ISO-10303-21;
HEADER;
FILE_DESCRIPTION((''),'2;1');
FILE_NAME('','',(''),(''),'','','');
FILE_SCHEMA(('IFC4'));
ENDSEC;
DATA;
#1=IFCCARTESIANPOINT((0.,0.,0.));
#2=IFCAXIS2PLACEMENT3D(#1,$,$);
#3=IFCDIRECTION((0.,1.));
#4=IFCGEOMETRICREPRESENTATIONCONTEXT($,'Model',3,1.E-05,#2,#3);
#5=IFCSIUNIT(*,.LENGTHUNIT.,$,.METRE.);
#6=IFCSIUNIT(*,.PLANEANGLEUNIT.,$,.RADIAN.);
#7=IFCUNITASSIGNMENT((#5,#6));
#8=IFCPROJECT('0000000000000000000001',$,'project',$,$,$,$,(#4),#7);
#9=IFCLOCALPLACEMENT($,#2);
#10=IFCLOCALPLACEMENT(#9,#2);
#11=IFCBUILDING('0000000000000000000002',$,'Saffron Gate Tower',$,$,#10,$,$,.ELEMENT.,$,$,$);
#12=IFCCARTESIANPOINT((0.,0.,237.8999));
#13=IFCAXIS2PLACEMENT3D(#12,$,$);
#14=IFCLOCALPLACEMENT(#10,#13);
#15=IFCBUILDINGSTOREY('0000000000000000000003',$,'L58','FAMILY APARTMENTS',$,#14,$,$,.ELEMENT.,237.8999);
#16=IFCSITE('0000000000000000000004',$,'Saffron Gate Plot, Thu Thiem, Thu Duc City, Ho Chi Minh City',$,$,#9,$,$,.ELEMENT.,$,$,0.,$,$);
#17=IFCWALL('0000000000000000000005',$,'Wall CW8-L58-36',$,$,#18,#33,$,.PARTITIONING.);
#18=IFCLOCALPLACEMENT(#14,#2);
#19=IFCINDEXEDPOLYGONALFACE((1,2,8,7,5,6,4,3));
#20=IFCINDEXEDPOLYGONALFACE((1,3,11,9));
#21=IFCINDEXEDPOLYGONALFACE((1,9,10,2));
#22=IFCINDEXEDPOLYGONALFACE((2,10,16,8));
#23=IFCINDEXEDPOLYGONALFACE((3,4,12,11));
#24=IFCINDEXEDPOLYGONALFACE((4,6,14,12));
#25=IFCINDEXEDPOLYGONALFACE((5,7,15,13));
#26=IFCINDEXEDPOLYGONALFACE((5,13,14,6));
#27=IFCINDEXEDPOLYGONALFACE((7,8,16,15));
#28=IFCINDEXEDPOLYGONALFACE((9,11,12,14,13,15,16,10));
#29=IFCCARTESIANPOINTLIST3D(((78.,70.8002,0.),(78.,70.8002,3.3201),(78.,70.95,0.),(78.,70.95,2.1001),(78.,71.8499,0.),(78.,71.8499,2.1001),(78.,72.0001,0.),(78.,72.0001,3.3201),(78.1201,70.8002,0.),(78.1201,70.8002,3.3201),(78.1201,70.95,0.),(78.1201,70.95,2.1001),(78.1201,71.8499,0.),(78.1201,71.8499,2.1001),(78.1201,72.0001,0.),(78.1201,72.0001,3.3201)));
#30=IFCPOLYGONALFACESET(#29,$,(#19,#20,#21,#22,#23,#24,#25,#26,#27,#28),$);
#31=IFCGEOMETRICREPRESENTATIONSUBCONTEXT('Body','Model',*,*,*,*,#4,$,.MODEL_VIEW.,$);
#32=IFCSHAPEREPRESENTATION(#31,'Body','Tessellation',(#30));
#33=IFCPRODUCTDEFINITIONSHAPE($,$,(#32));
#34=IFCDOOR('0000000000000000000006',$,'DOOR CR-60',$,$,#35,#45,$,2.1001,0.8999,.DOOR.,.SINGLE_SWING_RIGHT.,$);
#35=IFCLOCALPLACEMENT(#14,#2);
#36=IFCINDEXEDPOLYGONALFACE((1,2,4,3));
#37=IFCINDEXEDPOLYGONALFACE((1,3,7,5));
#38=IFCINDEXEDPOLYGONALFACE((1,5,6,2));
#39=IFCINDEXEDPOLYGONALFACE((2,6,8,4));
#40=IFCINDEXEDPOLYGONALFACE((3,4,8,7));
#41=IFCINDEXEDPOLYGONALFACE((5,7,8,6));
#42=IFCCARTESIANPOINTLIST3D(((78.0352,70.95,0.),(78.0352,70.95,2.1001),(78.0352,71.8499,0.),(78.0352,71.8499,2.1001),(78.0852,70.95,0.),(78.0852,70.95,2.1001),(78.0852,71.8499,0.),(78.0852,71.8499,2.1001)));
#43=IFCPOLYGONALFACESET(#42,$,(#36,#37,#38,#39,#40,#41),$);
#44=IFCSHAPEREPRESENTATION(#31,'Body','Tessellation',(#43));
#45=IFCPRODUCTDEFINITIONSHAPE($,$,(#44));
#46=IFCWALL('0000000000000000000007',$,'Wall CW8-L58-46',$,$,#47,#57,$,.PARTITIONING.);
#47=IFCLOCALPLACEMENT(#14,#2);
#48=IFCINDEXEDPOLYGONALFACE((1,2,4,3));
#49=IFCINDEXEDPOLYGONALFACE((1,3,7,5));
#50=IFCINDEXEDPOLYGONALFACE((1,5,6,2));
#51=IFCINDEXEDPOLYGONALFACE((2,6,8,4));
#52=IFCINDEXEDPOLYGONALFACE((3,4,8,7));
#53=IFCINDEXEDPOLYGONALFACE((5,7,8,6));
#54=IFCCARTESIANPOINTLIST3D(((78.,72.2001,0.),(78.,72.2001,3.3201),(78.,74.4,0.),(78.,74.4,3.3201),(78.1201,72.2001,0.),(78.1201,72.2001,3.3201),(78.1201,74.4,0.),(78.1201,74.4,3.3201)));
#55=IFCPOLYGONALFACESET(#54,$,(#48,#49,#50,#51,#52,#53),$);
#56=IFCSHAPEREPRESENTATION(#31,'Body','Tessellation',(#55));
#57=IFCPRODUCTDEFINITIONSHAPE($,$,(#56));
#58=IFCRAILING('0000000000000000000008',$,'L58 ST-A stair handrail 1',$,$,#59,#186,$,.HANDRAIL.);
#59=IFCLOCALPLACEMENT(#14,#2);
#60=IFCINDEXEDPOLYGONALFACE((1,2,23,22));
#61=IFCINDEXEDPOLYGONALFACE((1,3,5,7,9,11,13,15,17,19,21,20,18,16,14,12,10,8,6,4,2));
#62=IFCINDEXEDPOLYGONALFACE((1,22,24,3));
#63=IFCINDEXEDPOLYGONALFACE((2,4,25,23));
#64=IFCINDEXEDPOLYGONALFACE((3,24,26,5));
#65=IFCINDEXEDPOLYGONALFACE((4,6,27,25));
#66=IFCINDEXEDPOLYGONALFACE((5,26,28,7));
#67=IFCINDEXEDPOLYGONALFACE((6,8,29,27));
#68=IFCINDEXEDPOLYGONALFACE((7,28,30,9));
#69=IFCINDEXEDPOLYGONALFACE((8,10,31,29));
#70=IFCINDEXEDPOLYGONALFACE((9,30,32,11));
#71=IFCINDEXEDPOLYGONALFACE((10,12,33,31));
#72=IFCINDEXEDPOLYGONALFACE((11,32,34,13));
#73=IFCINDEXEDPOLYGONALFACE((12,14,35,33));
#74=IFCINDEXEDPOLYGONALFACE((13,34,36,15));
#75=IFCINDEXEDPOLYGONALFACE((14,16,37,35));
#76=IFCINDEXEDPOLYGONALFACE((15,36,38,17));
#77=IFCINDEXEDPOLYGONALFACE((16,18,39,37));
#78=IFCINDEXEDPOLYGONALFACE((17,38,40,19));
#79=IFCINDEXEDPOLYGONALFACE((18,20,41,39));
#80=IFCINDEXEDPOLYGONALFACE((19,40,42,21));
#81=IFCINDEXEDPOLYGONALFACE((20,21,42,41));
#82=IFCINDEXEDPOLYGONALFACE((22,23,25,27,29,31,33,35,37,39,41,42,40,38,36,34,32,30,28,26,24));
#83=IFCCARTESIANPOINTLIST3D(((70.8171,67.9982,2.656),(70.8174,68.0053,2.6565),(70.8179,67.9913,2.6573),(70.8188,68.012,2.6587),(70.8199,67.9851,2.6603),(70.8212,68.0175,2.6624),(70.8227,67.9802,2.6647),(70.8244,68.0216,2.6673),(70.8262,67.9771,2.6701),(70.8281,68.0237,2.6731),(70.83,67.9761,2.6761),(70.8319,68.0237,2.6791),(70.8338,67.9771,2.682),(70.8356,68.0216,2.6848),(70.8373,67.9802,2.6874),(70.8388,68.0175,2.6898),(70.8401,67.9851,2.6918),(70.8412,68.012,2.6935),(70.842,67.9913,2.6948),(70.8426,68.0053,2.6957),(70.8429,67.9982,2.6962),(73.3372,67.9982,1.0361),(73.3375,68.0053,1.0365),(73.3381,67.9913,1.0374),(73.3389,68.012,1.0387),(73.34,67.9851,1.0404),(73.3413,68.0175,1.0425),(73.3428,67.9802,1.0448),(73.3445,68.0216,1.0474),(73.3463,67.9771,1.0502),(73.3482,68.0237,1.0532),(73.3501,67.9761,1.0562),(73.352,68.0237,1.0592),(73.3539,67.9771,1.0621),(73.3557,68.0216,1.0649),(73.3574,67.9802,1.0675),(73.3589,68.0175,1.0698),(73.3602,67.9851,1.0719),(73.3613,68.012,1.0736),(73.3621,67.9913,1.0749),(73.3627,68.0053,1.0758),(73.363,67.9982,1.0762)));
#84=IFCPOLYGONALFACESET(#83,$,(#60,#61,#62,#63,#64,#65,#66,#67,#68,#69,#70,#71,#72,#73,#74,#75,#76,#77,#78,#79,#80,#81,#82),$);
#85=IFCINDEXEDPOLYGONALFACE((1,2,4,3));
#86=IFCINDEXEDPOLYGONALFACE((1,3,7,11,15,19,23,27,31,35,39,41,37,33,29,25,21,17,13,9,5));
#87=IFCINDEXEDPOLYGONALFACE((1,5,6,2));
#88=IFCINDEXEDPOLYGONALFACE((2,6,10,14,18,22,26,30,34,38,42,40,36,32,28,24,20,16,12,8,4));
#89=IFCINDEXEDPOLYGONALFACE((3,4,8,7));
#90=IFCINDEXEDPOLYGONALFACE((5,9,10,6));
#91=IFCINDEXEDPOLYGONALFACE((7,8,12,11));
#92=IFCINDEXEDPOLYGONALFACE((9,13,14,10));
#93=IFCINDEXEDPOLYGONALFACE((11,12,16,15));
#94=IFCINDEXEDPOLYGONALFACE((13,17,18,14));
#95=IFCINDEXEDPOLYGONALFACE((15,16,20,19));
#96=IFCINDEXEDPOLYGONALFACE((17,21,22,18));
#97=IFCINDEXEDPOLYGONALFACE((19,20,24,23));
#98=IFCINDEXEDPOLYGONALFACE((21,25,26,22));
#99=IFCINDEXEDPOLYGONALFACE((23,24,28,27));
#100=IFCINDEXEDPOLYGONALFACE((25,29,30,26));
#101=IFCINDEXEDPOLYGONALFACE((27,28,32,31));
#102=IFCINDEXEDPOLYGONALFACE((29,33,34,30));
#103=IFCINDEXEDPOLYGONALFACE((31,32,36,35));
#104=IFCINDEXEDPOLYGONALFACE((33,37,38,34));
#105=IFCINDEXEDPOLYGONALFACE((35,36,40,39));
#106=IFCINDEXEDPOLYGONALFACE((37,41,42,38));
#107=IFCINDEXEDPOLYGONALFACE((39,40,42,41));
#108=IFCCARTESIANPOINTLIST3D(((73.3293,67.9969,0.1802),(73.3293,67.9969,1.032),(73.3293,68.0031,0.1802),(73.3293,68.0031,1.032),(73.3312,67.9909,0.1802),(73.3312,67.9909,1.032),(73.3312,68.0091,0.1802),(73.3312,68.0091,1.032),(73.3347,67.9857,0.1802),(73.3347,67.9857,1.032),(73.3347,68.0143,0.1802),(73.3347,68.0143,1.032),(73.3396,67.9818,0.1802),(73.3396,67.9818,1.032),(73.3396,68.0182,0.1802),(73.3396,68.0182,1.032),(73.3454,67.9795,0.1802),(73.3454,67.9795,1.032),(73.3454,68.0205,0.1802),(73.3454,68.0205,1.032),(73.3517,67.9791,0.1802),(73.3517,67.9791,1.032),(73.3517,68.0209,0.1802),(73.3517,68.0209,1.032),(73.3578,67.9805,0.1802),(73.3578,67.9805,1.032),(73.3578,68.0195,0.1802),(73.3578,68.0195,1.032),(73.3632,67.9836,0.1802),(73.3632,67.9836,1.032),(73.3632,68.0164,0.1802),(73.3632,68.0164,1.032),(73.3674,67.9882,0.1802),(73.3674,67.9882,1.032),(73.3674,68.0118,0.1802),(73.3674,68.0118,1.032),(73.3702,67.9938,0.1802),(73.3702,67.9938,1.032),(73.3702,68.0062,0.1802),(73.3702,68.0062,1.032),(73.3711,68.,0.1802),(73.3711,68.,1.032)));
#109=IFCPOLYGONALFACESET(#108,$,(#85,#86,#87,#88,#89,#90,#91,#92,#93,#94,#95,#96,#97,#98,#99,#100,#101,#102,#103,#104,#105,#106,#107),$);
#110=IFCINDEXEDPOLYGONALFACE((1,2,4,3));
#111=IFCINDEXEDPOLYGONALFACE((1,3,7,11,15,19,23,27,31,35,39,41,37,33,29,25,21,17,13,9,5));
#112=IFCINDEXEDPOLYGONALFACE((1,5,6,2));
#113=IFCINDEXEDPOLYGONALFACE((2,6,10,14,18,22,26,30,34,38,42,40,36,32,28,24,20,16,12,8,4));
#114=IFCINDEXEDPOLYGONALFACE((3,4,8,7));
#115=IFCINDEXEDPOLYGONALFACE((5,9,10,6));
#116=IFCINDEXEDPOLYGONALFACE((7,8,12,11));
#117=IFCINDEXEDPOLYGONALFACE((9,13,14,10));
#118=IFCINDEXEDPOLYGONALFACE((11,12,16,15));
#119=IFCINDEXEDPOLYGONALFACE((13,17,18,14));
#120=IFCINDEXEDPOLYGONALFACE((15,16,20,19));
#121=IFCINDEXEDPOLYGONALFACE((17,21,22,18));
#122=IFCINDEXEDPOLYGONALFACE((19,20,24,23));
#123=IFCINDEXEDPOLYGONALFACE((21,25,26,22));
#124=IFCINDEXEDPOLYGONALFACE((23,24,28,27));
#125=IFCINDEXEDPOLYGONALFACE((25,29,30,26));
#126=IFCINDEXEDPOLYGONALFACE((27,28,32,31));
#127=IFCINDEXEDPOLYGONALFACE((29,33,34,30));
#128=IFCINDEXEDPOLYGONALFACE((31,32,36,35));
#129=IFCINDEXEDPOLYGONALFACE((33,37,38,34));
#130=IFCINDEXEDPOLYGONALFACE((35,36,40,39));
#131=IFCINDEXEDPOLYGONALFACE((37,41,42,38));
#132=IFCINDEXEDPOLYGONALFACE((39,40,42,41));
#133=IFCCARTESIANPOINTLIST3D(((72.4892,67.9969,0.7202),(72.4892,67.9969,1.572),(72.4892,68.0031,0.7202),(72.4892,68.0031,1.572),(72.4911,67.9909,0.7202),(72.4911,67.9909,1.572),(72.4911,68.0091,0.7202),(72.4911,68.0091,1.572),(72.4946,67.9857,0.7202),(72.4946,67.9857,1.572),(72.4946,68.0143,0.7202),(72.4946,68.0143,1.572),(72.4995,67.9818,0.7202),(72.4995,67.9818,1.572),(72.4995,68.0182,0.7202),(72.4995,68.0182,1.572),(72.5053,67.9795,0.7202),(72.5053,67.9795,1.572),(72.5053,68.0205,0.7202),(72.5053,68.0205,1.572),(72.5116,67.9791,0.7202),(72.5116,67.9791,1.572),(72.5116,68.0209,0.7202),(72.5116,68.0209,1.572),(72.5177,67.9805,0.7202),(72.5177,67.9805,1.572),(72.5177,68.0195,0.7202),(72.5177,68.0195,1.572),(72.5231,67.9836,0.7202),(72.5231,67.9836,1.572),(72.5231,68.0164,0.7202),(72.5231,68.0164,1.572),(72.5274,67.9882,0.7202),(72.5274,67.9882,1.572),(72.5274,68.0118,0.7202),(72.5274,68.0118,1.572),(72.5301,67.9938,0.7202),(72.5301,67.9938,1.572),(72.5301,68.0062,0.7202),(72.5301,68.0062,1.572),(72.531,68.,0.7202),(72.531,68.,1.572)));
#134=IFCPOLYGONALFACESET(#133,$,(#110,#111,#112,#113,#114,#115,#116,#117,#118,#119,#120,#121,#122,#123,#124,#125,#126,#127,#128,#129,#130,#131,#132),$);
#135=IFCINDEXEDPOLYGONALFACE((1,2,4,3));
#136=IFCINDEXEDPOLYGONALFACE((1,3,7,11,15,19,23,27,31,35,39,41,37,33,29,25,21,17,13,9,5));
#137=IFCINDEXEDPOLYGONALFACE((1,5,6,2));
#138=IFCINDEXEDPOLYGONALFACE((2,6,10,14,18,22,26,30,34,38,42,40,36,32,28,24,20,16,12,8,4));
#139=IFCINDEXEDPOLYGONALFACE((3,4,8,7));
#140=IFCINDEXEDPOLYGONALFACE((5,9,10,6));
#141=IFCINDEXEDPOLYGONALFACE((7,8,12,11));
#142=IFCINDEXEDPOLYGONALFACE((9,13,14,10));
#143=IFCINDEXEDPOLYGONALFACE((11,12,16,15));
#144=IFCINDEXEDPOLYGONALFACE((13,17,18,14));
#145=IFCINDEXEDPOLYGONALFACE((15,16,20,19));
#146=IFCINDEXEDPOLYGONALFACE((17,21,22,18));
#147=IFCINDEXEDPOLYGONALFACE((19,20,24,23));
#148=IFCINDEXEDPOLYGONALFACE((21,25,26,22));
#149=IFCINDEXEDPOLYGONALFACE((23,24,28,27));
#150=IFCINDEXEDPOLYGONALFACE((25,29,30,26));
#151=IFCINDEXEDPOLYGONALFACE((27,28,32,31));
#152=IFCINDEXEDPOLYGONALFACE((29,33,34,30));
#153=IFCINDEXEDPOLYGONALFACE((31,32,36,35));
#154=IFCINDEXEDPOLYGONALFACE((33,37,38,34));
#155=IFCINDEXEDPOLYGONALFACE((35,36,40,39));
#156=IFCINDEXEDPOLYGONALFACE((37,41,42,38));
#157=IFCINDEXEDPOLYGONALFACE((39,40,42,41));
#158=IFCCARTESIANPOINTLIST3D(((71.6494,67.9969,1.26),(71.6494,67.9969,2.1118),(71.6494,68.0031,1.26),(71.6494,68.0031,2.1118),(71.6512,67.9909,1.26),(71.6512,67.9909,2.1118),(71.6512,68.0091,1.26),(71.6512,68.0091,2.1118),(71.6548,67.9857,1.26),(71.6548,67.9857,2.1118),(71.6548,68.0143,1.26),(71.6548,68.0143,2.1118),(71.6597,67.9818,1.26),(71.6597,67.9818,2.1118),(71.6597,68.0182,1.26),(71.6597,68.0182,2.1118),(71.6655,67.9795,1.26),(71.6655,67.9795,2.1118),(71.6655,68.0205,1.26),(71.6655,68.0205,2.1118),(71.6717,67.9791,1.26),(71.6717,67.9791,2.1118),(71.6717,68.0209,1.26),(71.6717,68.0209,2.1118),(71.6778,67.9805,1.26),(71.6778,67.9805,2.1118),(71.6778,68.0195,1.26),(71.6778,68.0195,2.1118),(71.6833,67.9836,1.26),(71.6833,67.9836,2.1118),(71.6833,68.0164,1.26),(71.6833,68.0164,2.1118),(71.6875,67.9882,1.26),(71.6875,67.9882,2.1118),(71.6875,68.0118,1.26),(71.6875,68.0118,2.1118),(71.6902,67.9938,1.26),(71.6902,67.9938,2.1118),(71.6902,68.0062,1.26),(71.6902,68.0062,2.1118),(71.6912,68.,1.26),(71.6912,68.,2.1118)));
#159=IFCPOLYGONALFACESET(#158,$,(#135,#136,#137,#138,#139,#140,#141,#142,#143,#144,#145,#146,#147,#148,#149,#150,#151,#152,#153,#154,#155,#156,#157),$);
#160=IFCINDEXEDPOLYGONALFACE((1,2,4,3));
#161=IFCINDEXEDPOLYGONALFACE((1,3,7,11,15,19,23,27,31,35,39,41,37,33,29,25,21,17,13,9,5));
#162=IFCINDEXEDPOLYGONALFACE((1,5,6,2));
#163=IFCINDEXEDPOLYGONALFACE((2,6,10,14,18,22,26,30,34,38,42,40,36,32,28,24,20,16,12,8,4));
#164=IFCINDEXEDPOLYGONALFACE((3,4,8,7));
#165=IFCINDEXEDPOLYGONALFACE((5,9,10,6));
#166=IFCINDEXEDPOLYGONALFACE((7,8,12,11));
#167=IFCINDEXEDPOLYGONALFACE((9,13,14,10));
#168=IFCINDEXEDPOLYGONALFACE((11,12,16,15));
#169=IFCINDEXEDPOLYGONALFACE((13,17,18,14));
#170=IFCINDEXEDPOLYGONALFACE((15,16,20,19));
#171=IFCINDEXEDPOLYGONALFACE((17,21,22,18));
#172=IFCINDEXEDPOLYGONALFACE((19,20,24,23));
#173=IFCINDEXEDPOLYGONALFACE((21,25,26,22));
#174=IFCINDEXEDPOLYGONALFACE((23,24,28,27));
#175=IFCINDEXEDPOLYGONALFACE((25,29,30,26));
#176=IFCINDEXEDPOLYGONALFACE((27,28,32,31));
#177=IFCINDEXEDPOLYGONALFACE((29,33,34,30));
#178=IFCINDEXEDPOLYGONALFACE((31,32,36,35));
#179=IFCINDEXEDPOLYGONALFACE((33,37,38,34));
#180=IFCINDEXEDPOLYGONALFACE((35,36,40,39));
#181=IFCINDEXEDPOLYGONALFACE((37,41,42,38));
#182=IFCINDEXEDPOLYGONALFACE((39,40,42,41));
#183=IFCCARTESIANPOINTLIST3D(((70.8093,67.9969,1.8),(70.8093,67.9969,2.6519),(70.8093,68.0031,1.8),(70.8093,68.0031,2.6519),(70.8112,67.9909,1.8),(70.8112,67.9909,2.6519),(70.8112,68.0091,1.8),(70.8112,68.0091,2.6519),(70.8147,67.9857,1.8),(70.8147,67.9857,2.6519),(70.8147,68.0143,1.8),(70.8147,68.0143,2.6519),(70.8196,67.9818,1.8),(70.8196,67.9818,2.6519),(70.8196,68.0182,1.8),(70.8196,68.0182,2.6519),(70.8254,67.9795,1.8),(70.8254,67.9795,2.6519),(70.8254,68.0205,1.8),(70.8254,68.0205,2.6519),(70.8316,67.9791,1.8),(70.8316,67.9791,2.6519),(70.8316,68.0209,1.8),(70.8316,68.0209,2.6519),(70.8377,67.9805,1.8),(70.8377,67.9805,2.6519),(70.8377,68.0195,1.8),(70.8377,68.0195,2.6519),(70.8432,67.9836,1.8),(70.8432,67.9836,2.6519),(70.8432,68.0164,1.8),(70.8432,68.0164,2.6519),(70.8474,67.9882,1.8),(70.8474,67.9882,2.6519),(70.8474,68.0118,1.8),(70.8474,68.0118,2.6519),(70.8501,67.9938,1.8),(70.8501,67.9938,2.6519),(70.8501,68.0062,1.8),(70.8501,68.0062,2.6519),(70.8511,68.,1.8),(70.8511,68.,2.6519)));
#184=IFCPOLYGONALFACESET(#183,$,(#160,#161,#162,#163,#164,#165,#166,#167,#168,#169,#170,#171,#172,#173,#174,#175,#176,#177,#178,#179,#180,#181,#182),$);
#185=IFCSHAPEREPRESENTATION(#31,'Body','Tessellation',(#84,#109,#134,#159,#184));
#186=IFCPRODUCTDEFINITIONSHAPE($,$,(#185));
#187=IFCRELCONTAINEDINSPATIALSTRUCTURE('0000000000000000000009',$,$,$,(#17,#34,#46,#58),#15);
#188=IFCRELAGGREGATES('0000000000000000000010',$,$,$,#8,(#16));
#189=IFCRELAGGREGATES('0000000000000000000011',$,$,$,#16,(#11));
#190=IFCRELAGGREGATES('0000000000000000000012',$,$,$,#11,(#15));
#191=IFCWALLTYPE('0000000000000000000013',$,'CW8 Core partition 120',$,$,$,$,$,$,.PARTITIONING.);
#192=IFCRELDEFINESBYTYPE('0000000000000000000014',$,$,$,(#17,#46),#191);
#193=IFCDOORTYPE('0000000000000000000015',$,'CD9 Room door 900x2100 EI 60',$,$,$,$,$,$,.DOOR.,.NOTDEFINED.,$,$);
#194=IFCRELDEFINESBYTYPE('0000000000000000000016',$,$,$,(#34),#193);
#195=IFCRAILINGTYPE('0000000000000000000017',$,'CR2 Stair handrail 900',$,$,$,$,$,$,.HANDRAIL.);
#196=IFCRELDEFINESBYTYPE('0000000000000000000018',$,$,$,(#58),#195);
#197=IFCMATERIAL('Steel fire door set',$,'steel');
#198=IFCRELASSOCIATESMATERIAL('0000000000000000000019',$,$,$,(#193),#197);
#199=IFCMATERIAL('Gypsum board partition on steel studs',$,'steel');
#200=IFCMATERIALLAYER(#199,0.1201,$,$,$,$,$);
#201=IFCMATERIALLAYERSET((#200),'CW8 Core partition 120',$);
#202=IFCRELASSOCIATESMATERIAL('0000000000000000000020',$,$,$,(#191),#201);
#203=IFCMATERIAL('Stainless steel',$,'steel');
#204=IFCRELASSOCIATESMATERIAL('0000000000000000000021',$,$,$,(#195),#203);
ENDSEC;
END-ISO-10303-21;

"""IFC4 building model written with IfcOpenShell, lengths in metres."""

from ifc_helpers import new_model, si_unit, direction, frame, frame_2d, origin, origin_2d, place, context, subcontext, project, spatial, rectangle, circle, extrude, material, layer, layer_set, type_object, element, fill, save


model = new_model("IFC4")

# Units and contexts
model_context = context("Model", 3, precision=1e-05, world=origin(), true_north=direction((0.0, 1.0)))
body_context = subcontext(model_context, "Body", "Model", "MODEL_VIEW")
ifc_project = project(units=[si_unit("LENGTHUNIT", "METRE"), si_unit("PLANEANGLEUNIT", "RADIAN")], contexts=[model_context])

# Site, building, storey
site_placement = place(None, origin())
site = spatial("IfcSite", under=ifc_project, at=site_placement, Name="Saffron Gate Plot, Thu Thiem, Thu Duc City, Ho Chi Minh City", CompositionType="ELEMENT", RefElevation=0.0)
building_placement = place(site_placement, origin())
building = spatial("IfcBuilding", under=site, at=building_placement, Name="Saffron Gate Tower", CompositionType="ELEMENT")
storey_placement = place(building_placement, frame((0.0, 0.0, 237.8999)))
storey = spatial("IfcBuildingStorey", under=building, at=storey_placement, Name="L58", Description="FAMILY APARTMENTS", CompositionType="ELEMENT", Elevation=237.8999)

# Shared definitions
ifc_material_1 = material(Name="Steel fire door set", Category="steel")
door_type_1 = type_object("IfcDoorType", Name="CD9 Room door 900x2100 EI 60", OperationType="NOTDEFINED", PredefinedType="DOOR", material=ifc_material_1)

# Shared definitions
ifc_material_2 = material(Name="Gypsum board partition on steel studs", Category="steel")
ifc_layer_1 = layer(ifc_material_2, 0.1201)
ifc_layer_set_1 = layer_set([ifc_layer_1], Name="CW8 Core partition 120")
wall_type_1 = type_object("IfcWallType", Name="CW8 Core partition 120", PredefinedType="PARTITIONING", material=ifc_layer_set_1)

# Wall, opening, door
wall_1_placement = place(storey_placement, frame((78.0601, 70.8, 0.0), z_axis=(0.0, 0.0, 1.0), x_axis=(0.0, 1.0, 0.0)))
wall_1 = element("IfcWall", 1, at=wall_1_placement, inside=storey, type_object=wall_type_1, Name="Wall CW8-L58-36", PredefinedType="PARTITIONING", context=body_context, shape_type="SweptSolid", body=[
    extrude(rectangle(XDim=1.2, YDim=0.1201, at=frame_2d((0.6001, 0.0))), origin(), (0.0, 0.0, 1.0), 3.3201),
])
opening_1_placement = place(wall_1_placement, frame((0.1499, 0.0, 0.0)))
opening_1 = element("IfcOpeningElement", 2, at=opening_1_placement, cuts=wall_1, PredefinedType="OPENING", context=body_context, shape_type="SweptSolid", body=[
    extrude(rectangle(XDim=0.8999, YDim=2.1001, at=frame_2d((0.45, 1.05))), frame((0.0, 0.0701, 0.0), z_axis=(0.0, -1.0, 0.0), x_axis=(1.0, 0.0, 0.0)), (0.0, 0.0, 1.0), 0.1401),
])
door_1_placement = place(opening_1_placement, origin())
door_1 = element("IfcDoor", 3, at=door_1_placement, inside=storey, type_object=door_type_1, Name="DOOR CR-60", OperationType="SINGLE_SWING_RIGHT", OverallHeight=2.1001, OverallWidth=0.8999, PredefinedType="DOOR", context=body_context, shape_type="SweptSolid", body=[
    extrude(rectangle(XDim=0.8999, YDim=2.1001, at=frame_2d((0.45, 1.05))), frame((0.0, 0.0249, 0.0), z_axis=(0.0, -1.0, 0.0), x_axis=(1.0, 0.0, 0.0)), (0.0, 0.0, 1.0), 0.05),
])
fill(opening_1, door_1)

# Wall
wall_2_placement = place(storey_placement, frame((78.0601, 72.2, 0.0), z_axis=(0.0, 0.0, 1.0), x_axis=(0.0, 1.0, 0.0)))
element("IfcWall", 4, at=wall_2_placement, inside=storey, type_object=wall_type_1, Name="Wall CW8-L58-46", PredefinedType="PARTITIONING", context=body_context, shape_type="SweptSolid", body=[
    extrude(rectangle(XDim=2.2, YDim=0.1201, at=frame_2d((1.1001, 0.0))), origin(), (0.0, 0.0, 1.0), 3.3201),
])

# Railing
ifc_material_3 = material(Name="Stainless steel", Category="steel")
railing_type = type_object("IfcRailingType", Name="CR2 Stair handrail 900", PredefinedType="HANDRAIL", material=ifc_material_3)
railing_placement = place(storey_placement, frame((73.3501, 68.0, 0.1802)))
element("IfcRailing", 5, at=railing_placement, inside=storey, type_object=railing_type, Name="L58 ST-A stair handrail 1", PredefinedType="HANDRAIL", context=body_context, shape_type="SweptSolid", body=[
    extrude(circle(Radius=0.0239, at=origin_2d()), frame((0.0, 0.0, 0.876), z_axis=(-0.8412, 0.0, 0.540725), x_axis=(0.0, -1.0, 0.0)), (0.0, 0.0, 1.0), 2.9958),
    extrude(circle(Radius=0.021, at=origin_2d()), origin(), (0.0, 0.0, 1.0), 0.8518),
    extrude(circle(Radius=0.021, at=origin_2d()), frame((-0.8401, 0.0, 0.54)), (0.0, 0.0, 1.0), 0.8518),
    extrude(circle(Radius=0.021, at=origin_2d()), frame((-1.6799, 0.0, 1.0798)), (0.0, 0.0, 1.0), 0.8518),
    extrude(circle(Radius=0.021, at=origin_2d()), frame((-2.52, 0.0, 1.6199)), (0.0, 0.0, 1.0), 0.8518),
])

save(model, "model.ifc")
